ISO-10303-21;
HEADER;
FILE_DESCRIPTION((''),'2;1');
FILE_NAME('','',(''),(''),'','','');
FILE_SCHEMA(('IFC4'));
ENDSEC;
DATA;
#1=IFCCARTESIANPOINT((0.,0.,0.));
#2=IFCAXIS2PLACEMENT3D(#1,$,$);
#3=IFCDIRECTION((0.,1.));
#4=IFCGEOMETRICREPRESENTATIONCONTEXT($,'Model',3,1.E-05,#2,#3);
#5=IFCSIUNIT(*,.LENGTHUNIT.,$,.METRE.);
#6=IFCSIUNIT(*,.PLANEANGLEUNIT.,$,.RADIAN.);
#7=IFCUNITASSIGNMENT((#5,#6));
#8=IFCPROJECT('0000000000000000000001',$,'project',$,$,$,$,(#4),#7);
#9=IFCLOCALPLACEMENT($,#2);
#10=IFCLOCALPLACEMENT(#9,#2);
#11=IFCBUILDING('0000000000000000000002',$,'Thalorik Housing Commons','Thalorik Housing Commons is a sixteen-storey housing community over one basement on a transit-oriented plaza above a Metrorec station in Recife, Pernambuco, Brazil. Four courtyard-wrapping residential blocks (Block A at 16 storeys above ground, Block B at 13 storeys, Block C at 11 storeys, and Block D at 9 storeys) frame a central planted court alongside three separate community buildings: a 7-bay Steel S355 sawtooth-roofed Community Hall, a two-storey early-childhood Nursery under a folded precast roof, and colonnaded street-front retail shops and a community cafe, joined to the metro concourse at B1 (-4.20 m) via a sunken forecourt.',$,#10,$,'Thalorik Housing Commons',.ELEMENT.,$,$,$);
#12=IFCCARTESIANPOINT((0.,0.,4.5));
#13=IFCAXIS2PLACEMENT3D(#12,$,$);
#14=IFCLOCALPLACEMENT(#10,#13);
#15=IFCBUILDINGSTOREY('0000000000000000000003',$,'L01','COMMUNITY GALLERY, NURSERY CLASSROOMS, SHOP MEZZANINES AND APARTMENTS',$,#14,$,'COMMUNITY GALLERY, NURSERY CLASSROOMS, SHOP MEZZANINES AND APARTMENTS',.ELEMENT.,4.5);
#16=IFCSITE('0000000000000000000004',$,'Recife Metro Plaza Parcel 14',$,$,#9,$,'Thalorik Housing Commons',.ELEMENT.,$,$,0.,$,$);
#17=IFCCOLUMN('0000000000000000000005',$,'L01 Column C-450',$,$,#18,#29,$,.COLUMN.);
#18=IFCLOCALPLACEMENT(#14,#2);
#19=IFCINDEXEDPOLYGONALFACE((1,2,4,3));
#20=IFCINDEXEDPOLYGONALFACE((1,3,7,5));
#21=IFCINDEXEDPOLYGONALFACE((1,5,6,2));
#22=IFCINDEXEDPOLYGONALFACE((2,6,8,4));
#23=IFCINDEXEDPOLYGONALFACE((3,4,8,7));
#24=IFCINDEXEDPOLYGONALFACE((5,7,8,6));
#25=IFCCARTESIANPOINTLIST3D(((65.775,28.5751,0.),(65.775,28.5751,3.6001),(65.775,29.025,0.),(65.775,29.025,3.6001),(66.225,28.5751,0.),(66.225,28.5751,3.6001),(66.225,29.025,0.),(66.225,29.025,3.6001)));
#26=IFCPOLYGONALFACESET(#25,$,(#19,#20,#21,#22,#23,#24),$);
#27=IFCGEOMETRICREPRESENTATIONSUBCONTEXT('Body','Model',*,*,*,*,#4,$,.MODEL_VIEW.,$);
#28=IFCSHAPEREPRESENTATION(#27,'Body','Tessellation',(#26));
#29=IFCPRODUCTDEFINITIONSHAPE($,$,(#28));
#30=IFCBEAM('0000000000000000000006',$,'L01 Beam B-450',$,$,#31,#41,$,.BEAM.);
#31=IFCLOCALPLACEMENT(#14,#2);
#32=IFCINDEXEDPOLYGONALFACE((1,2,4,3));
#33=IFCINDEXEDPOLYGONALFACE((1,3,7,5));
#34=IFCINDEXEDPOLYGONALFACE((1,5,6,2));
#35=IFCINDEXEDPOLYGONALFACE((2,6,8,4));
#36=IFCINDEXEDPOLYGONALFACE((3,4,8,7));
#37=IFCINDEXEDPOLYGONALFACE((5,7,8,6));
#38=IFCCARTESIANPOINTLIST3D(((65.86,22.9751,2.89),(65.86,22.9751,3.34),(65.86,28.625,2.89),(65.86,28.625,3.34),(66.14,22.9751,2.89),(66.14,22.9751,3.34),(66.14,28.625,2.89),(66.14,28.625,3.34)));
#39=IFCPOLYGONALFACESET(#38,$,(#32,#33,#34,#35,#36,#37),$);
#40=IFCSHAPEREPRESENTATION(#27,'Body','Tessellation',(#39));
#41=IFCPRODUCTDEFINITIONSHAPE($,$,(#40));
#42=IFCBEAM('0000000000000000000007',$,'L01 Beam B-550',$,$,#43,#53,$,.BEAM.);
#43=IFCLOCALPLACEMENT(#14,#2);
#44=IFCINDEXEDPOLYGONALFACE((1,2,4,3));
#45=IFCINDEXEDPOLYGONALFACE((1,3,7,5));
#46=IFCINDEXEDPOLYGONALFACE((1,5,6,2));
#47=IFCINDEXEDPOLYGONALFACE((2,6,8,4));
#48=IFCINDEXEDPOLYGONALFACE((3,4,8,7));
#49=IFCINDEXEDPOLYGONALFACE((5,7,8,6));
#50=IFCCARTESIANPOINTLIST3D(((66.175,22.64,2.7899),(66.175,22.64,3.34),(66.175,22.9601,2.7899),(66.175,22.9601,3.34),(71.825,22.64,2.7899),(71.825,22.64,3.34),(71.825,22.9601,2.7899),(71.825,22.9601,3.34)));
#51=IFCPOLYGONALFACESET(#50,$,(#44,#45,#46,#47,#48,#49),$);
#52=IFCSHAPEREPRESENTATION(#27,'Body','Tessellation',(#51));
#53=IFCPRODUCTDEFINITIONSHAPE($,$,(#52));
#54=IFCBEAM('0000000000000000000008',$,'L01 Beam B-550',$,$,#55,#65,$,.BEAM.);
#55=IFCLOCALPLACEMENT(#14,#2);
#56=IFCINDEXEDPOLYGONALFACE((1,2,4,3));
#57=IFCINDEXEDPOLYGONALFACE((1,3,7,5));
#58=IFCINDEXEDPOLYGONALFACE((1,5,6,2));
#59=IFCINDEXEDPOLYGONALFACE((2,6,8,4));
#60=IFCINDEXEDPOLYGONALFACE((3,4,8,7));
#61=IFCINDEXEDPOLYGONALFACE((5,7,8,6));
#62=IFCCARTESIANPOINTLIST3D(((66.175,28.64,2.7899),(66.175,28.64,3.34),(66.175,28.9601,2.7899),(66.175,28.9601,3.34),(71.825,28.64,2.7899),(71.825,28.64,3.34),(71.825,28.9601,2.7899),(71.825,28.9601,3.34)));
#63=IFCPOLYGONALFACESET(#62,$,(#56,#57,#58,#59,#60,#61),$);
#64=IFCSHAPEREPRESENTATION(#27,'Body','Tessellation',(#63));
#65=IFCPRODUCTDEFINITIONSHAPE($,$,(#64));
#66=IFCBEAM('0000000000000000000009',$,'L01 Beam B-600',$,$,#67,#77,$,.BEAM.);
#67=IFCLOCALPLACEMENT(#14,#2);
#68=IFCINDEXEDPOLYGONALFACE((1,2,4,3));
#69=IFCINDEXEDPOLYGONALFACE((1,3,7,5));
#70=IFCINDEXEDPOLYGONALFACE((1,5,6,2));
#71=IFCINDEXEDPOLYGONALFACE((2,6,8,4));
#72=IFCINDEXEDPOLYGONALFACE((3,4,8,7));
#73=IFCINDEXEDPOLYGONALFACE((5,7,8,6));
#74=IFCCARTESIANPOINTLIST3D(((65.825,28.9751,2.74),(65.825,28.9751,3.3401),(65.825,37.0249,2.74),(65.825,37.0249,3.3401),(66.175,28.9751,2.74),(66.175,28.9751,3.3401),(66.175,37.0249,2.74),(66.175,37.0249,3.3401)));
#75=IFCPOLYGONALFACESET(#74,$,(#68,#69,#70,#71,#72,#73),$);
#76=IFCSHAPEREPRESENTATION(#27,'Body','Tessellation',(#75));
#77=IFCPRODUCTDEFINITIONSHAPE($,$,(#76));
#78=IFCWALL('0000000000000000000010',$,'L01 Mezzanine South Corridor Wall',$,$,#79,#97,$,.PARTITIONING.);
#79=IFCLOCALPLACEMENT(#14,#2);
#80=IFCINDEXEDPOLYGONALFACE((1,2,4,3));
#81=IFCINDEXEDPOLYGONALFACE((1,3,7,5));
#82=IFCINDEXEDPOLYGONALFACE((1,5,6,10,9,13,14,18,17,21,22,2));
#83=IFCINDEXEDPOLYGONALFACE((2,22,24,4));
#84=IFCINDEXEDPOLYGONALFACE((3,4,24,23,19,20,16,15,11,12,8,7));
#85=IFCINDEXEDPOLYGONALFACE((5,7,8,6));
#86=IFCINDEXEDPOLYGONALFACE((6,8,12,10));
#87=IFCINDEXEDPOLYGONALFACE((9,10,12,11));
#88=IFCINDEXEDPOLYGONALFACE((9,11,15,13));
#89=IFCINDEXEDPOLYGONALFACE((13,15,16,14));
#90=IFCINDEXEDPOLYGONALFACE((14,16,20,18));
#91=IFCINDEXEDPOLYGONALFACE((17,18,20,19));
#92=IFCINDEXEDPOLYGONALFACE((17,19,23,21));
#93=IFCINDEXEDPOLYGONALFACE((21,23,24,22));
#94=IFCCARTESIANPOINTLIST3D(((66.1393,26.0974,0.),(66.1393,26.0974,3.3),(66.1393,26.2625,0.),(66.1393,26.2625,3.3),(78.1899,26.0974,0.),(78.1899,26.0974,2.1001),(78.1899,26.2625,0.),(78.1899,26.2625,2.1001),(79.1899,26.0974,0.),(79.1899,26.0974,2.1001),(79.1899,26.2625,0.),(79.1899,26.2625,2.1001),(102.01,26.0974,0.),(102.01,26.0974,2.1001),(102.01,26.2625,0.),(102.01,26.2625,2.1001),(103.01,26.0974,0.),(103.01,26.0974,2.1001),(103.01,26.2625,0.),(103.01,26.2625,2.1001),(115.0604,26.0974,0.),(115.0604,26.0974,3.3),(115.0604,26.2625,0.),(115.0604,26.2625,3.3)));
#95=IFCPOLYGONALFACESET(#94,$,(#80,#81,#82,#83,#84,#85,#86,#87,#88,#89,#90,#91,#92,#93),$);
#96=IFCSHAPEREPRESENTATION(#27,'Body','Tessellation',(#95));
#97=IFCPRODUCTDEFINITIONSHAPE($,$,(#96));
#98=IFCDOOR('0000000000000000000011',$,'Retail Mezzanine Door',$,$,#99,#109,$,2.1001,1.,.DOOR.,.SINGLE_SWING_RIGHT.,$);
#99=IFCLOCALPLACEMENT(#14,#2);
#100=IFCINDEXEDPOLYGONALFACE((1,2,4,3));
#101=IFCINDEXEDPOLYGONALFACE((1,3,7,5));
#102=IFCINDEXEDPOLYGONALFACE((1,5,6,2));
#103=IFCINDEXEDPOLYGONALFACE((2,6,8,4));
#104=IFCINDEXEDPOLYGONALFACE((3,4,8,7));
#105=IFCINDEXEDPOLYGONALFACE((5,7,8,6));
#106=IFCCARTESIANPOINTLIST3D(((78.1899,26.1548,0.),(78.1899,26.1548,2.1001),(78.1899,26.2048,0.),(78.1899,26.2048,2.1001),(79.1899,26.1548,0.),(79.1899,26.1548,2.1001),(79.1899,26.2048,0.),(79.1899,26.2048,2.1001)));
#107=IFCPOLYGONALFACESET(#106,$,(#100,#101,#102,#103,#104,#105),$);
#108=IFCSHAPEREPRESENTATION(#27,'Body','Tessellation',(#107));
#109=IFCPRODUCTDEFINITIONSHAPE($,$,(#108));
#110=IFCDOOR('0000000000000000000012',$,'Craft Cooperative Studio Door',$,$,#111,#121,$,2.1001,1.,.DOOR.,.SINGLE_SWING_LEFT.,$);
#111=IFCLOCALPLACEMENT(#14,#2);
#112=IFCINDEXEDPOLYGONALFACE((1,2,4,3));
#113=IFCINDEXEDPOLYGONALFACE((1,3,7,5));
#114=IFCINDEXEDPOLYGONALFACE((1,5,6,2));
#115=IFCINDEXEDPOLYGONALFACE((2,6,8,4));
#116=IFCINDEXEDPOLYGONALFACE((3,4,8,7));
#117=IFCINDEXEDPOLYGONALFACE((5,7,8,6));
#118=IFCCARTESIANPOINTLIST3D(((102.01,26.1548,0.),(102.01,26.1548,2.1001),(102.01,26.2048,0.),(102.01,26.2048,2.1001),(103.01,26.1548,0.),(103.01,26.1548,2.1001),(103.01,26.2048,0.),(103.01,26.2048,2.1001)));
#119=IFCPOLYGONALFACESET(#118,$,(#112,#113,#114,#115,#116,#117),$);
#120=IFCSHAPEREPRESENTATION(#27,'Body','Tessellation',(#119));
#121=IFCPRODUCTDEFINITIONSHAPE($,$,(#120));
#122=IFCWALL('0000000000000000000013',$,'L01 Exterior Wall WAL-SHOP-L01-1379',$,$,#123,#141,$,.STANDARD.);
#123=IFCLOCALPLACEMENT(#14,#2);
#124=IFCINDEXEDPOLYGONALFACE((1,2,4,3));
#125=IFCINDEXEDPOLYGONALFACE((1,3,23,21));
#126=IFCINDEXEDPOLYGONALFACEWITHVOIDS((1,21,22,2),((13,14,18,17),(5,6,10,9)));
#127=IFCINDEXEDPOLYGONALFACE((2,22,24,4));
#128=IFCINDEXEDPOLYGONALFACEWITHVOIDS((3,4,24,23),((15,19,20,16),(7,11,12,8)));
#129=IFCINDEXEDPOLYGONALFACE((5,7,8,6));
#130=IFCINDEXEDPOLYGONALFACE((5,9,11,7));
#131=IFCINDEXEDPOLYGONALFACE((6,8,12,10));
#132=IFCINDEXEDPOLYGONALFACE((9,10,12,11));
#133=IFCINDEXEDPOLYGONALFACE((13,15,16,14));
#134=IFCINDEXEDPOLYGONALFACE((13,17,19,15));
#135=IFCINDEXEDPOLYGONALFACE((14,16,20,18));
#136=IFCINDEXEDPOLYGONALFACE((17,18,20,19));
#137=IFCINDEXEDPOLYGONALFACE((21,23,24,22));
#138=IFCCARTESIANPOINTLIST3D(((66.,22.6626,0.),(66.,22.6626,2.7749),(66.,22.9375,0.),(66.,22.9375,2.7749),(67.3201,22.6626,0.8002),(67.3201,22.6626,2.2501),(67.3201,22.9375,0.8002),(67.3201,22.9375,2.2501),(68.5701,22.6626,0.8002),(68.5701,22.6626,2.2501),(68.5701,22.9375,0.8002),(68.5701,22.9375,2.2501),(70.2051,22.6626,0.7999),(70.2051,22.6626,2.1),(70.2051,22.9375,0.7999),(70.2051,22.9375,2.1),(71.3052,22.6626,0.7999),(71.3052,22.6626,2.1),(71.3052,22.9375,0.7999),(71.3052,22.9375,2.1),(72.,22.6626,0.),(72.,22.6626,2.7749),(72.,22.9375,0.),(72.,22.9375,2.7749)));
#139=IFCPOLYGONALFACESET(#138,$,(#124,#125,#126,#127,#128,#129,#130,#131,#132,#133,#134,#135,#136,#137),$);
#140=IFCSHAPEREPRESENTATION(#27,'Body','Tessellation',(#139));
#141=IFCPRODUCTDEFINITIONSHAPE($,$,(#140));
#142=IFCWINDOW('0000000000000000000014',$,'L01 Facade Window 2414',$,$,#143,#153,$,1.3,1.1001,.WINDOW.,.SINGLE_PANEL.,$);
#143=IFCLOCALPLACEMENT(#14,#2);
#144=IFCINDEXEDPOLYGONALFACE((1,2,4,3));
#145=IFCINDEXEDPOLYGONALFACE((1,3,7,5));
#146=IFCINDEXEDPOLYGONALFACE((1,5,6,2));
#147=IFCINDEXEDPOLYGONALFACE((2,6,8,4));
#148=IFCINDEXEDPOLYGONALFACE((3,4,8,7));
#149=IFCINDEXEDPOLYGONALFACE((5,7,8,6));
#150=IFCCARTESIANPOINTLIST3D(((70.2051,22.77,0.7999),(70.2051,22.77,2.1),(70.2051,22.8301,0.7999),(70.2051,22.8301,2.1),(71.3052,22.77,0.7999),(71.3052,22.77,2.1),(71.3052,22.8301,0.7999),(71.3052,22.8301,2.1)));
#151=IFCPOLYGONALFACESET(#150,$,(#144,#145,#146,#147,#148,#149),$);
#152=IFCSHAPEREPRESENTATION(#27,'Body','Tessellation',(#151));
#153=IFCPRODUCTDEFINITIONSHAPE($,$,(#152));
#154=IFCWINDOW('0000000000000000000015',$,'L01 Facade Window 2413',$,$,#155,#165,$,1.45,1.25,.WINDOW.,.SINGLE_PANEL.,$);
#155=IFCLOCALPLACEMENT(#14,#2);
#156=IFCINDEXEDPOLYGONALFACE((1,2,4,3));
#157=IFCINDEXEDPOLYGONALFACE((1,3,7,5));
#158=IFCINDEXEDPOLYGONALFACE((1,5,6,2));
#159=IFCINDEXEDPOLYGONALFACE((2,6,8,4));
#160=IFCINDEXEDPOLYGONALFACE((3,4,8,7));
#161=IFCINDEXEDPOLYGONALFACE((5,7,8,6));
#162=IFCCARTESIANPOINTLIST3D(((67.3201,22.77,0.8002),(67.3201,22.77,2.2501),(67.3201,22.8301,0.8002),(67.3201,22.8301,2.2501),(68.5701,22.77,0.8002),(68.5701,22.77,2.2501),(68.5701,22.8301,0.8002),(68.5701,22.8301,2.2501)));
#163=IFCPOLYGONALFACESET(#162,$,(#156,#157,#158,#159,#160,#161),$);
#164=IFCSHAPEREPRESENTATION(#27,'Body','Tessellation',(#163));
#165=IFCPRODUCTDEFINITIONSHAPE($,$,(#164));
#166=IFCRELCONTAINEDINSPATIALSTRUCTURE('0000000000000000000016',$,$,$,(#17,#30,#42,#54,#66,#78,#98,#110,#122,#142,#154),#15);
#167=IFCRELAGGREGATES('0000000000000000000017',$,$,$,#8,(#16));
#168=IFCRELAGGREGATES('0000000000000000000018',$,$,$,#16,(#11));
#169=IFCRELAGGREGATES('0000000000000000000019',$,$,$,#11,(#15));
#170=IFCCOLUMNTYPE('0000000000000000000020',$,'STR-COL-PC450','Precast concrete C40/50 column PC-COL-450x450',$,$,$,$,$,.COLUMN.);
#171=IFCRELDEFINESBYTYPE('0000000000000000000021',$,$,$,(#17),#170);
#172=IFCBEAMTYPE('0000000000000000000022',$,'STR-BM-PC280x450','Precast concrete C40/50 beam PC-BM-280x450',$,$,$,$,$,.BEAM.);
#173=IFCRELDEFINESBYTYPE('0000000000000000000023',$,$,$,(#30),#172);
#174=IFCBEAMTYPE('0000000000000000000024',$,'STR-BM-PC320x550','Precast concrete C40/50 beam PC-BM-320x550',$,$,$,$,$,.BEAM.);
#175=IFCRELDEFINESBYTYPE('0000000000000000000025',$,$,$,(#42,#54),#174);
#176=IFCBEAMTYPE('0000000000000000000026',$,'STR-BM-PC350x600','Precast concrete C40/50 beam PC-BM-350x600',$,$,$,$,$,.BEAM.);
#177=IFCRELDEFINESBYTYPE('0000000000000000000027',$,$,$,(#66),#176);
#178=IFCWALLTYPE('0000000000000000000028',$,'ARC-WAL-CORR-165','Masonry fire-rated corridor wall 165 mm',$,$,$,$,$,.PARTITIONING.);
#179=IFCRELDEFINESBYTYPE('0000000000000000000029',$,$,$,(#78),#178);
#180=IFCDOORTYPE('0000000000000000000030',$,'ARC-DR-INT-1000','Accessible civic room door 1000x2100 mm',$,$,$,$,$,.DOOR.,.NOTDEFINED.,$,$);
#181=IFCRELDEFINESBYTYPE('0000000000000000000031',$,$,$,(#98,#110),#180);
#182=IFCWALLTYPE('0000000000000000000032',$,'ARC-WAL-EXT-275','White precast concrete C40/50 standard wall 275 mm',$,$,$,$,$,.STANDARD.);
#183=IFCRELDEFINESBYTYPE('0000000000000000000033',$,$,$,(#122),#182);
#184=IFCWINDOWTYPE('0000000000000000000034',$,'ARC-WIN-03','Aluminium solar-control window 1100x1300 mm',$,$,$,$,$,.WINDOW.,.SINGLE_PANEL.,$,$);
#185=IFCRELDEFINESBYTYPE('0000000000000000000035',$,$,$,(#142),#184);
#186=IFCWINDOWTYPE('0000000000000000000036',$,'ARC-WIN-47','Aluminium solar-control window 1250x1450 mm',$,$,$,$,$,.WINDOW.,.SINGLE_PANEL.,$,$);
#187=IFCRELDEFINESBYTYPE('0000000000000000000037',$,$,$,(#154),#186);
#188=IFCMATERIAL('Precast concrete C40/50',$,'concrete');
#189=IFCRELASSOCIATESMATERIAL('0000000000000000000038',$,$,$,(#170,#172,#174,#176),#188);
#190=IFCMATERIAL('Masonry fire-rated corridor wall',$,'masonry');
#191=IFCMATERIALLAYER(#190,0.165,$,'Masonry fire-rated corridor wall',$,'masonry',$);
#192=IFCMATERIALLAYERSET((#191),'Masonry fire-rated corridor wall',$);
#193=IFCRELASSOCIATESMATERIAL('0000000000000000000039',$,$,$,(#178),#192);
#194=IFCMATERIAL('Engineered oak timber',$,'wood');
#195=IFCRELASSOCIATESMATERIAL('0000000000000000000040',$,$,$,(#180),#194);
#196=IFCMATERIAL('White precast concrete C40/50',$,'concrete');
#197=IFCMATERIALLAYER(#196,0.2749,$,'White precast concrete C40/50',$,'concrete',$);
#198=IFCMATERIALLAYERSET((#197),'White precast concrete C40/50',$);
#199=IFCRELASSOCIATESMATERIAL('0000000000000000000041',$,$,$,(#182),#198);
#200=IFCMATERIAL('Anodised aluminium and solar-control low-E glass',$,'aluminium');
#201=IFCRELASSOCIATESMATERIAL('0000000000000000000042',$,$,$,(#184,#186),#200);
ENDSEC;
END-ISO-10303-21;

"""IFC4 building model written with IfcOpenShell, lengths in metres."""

from ifc_helpers import new_model, si_unit, direction, frame, frame_2d, origin, origin_2d, place, context, subcontext, project, spatial, rectangle, extrude, material, layer, layer_set, material_profile, profile_set, type_object, element, fill, save


model = new_model("IFC4")

# Units and contexts
model_context = context("Model", 3, precision=1e-05, world=origin(), true_north=direction((0.0, 1.0)))
body_context = subcontext(model_context, "Body", "Model", "MODEL_VIEW")
ifc_project = project(units=[si_unit("LENGTHUNIT", "METRE"), si_unit("PLANEANGLEUNIT", "RADIAN")], contexts=[model_context])

# Site, building, storey
site_placement = place(None, origin())
site = spatial("IfcSite", under=ifc_project, at=site_placement, Name="Recife Metro Plaza Parcel 14", LongName="Thalorik Housing Commons", CompositionType="ELEMENT", RefElevation=0.0)
building_placement = place(site_placement, origin())
building = spatial("IfcBuilding", under=site, at=building_placement, Name="Thalorik Housing Commons", Description="Thalorik Housing Commons is a sixteen-storey housing community over one basement on a transit-oriented plaza above a Metrorec station in Recife, Pernambuco, Brazil. Four courtyard-wrapping residential blocks (Block A at 16 storeys above ground, Block B at 13 storeys, Block C at 11 storeys, and Block D at 9 storeys) frame a central planted court alongside three separate community buildings: a 7-bay Steel S355 sawtooth-roofed Community Hall, a two-storey early-childhood Nursery under a folded precast roof, and colonnaded street-front retail shops and a community cafe, joined to the metro concourse at B1 (-4.20 m) via a sunken forecourt.", LongName="Thalorik Housing Commons", CompositionType="ELEMENT")
storey_placement = place(building_placement, frame((0.0, 0.0, 4.5)))
storey = spatial("IfcBuildingStorey", under=building, at=storey_placement, Name="L01", Description="COMMUNITY GALLERY, NURSERY CLASSROOMS, SHOP MEZZANINES AND APARTMENTS", LongName="COMMUNITY GALLERY, NURSERY CLASSROOMS, SHOP MEZZANINES AND APARTMENTS", CompositionType="ELEMENT", Elevation=4.5)

# Column
ifc_material_1 = material(Name="Precast concrete C40/50", Category="concrete")
ifc_material_profile_1 = material_profile(ifc_material_1, rectangle(XDim=0.45, YDim=0.45, at=origin_2d()), Name="PC 450x450", Category="concrete")
ifc_profile_set_1 = profile_set([ifc_material_profile_1], Name="Precast concrete C40/50")
column_type = type_object("IfcColumnType", Name="STR-COL-PC450", Description="Precast concrete C40/50 column PC-COL-450x450", PredefinedType="COLUMN", material=ifc_profile_set_1)
column_placement = place(storey_placement, frame((66.0, 28.8, 0.0), z_axis=(0.0, 0.0, 1.0), x_axis=(1.0, 0.0, 0.0)))
element("IfcColumn", 1, at=column_placement, inside=storey, type_object=column_type, Name="L01 Column C-450", PredefinedType="COLUMN", context=body_context, shape_type="SweptSolid", body=[
    extrude(rectangle(XDim=0.45, YDim=0.45, at=origin_2d()), origin(), (0.0, 0.0, 1.0), 3.6001),
])

# Beams
ifc_material_profile_2 = material_profile(ifc_material_1, rectangle(XDim=0.28, YDim=0.45, at=origin_2d()), Name="PC 280x450", Category="concrete")
ifc_profile_set_2 = profile_set([ifc_material_profile_2], Name="Precast concrete C40/50")
beam_type_1 = type_object("IfcBeamType", Name="STR-BM-PC280x450", Description="Precast concrete C40/50 beam PC-BM-280x450", PredefinedType="BEAM", material=ifc_profile_set_2)
beam_1_placement = place(storey_placement, frame((66.0, 22.9751, 3.115), z_axis=(0.0, 1.0, 0.0), x_axis=(-1.0, 0.0, 0.0)))
element("IfcBeam", 2, at=beam_1_placement, inside=storey, type_object=beam_type_1, Name="L01 Beam B-450", PredefinedType="BEAM", context=body_context, shape_type="SweptSolid", body=[
    extrude(rectangle(XDim=0.28, YDim=0.45, at=origin_2d()), origin(), (0.0, 0.0, 1.0), 5.6499),
])
ifc_material_profile_3 = material_profile(ifc_material_1, rectangle(XDim=0.3201, YDim=0.55, at=origin_2d()), Name="PC 320x550", Category="concrete")
ifc_profile_set_3 = profile_set([ifc_material_profile_3], Name="Precast concrete C40/50")
beam_type_2 = type_object("IfcBeamType", Name="STR-BM-PC320x550", Description="Precast concrete C40/50 beam PC-BM-320x550", PredefinedType="BEAM", material=ifc_profile_set_3)
for number, where, z_axis, x_axis, name in (
    (3, (66.175, 22.8, 3.0649), (1.0, 0.0, 0.0), (0.0, 1.0, 0.0), "L01 Beam B-550"),
    (4, (66.175, 28.8, 3.0649), (1.0, 0.0, 0.0), (0.0, 1.0, 0.0), "L01 Beam B-550"),
):
    element("IfcBeam", number, at=place(storey_placement, frame(where, z_axis=z_axis, x_axis=x_axis)), inside=storey, type_object=beam_type_2, Name=name, PredefinedType="BEAM", context=body_context, shape_type="SweptSolid", body=[
        extrude(rectangle(XDim=0.3201, YDim=0.55, at=origin_2d()), origin(), (0.0, 0.0, 1.0), 5.6499),
    ])
ifc_material_profile_4 = material_profile(ifc_material_1, rectangle(XDim=0.3501, YDim=0.6001, at=origin_2d()), Name="PC 350x600", Category="concrete")
ifc_profile_set_4 = profile_set([ifc_material_profile_4], Name="Precast concrete C40/50")
beam_type_3 = type_object("IfcBeamType", Name="STR-BM-PC350x600", Description="Precast concrete C40/50 beam PC-BM-350x600", PredefinedType="BEAM", material=ifc_profile_set_4)
beam_2_placement = place(storey_placement, frame((66.0, 28.9751, 3.04), z_axis=(0.0, 1.0, 0.0), x_axis=(-1.0, 0.0, 0.0)))
element("IfcBeam", 5, at=beam_2_placement, inside=storey, type_object=beam_type_3, Name="L01 Beam B-600", PredefinedType="BEAM", context=body_context, shape_type="SweptSolid", body=[
    extrude(rectangle(XDim=0.3501, YDim=0.6001, at=origin_2d()), origin(), (0.0, 0.0, 1.0), 8.0498),
])

# Wall, openings, doors
ifc_material_2 = material(Name="Masonry fire-rated corridor wall", Category="masonry")
ifc_layer_1 = layer(ifc_material_2, 0.165, Name="Masonry fire-rated corridor wall", Category="masonry")
ifc_layer_set_1 = layer_set([ifc_layer_1], Name="Masonry fire-rated corridor wall")
wall_type_1 = type_object("IfcWallType", Name="ARC-WAL-CORR-165", Description="Masonry fire-rated corridor wall 165 mm", PredefinedType="PARTITIONING", material=ifc_layer_set_1)
wall_1_placement = place(storey_placement, frame((66.1394, 26.1799, 0.0), z_axis=(0.0, 0.0, 1.0), x_axis=(1.0, 0.0, 0.0)))
wall_1 = element("IfcWall", 6, at=wall_1_placement, inside=storey, type_object=wall_type_1, Name="L01 Mezzanine South Corridor Wall", PredefinedType="PARTITIONING", context=body_context, shape_type="SweptSolid", body=[
    extrude(rectangle(XDim=48.9211, YDim=0.165, at=frame_2d((24.4604, 0.0))), origin(), (0.0, 0.0, 1.0), 3.3),
])
opening_1_placement = place(wall_1_placement, frame((12.0505, 0.0, 0.0)))
opening_1 = element("IfcOpeningElement", 7, at=opening_1_placement, cuts=wall_1, PredefinedType="OPENING", context=body_context, shape_type="SweptSolid", body=[
    extrude(rectangle(XDim=1.0, YDim=2.1001, at=frame_2d((0.5, 1.05))), frame((0.0, 0.0925, 0.0), z_axis=(0.0, -1.0, 0.0), x_axis=(1.0, 0.0, 0.0)), (0.0, 0.0, 1.0), 0.1851),
])
opening_2_placement = place(wall_1_placement, frame((35.8706, 0.0, 0.0)))
opening_2 = element("IfcOpeningElement", 8, at=opening_2_placement, cuts=wall_1, PredefinedType="OPENING", context=body_context, shape_type="SweptSolid", body=[
    extrude(rectangle(XDim=1.0, YDim=2.1001, at=frame_2d((0.5, 1.05))), frame((0.0, 0.0925, 0.0), z_axis=(0.0, -1.0, 0.0), x_axis=(1.0, 0.0, 0.0)), (0.0, 0.0, 1.0), 0.1851),
])
ifc_material_3 = material(Name="Engineered oak timber", Category="wood")
door_type = type_object("IfcDoorType", Name="ARC-DR-INT-1000", Description="Accessible civic room door 1000x2100 mm", OperationType="NOTDEFINED", PredefinedType="DOOR", material=ifc_material_3)
door_1_placement = place(opening_1_placement, origin())
door_1 = element("IfcDoor", 9, at=door_1_placement, inside=storey, type_object=door_type, Name="Retail Mezzanine Door", OperationType="SINGLE_SWING_RIGHT", OverallHeight=2.1001, OverallWidth=1.0, PredefinedType="DOOR", context=body_context, shape_type="SweptSolid", body=[
    extrude(rectangle(XDim=1.0, YDim=2.1001, at=frame_2d((0.5, 1.05))), frame((0.0, 0.0249, 0.0), z_axis=(0.0, -1.0, 0.0), x_axis=(1.0, 0.0, 0.0)), (0.0, 0.0, 1.0), 0.05),
])
fill(opening_1, door_1)
door_2_placement = place(opening_2_placement, origin())
door_2 = element("IfcDoor", 10, at=door_2_placement, inside=storey, type_object=door_type, Name="Craft Cooperative Studio Door", OperationType="SINGLE_SWING_LEFT", OverallHeight=2.1001, OverallWidth=1.0, PredefinedType="DOOR", context=body_context, shape_type="SweptSolid", body=[
    extrude(rectangle(XDim=1.0, YDim=2.1001, at=frame_2d((0.5, 1.05))), frame((0.0, 0.0249, 0.0), z_axis=(0.0, -1.0, 0.0), x_axis=(1.0, 0.0, 0.0)), (0.0, 0.0, 1.0), 0.05),
])
fill(opening_2, door_2)

# Wall, openings, windows
ifc_material_4 = material(Name="White precast concrete C40/50", Category="concrete")
ifc_layer_2 = layer(ifc_material_4, 0.2749, Name="White precast concrete C40/50", Category="concrete")
ifc_layer_set_2 = layer_set([ifc_layer_2], Name="White precast concrete C40/50")
wall_type_2 = type_object("IfcWallType", Name="ARC-WAL-EXT-275", Description="White precast concrete C40/50 standard wall 275 mm", PredefinedType="STANDARD", material=ifc_layer_set_2)
wall_2_placement = place(storey_placement, frame((66.0, 22.8, 0.0), z_axis=(0.0, 0.0, 1.0), x_axis=(1.0, 0.0, 0.0)))
wall_2 = element("IfcWall", 11, at=wall_2_placement, inside=storey, type_object=wall_type_2, Name="L01 Exterior Wall WAL-SHOP-L01-1379", PredefinedType="STANDARD", context=body_context, shape_type="SweptSolid", body=[
    extrude(rectangle(XDim=6.0, YDim=0.2749, at=frame_2d((3.0, 0.0))), origin(), (0.0, 0.0, 1.0), 2.7749),
])
opening_3_placement = place(wall_2_placement, frame((1.3201, 0.0, 0.8)))
opening_3 = element("IfcOpeningElement", 12, at=opening_3_placement, cuts=wall_2, PredefinedType="OPENING", context=body_context, shape_type="SweptSolid", body=[
    extrude(rectangle(XDim=1.25, YDim=1.45, at=frame_2d((0.625, 0.7251))), frame((0.0, 0.1475, 0.0), z_axis=(0.0, -1.0, 0.0), x_axis=(1.0, 0.0, 0.0)), (0.0, 0.0, 1.0), 0.2949),
])
opening_4_placement = place(wall_2_placement, frame((4.2051, 0.0, 0.8)))
opening_4 = element("IfcOpeningElement", 13, at=opening_4_placement, cuts=wall_2, PredefinedType="OPENING", context=body_context, shape_type="SweptSolid", body=[
    extrude(rectangle(XDim=1.1001, YDim=1.3, at=frame_2d((0.55, 0.6499))), frame((0.0, 0.1475, 0.0), z_axis=(0.0, -1.0, 0.0), x_axis=(1.0, 0.0, 0.0)), (0.0, 0.0, 1.0), 0.2949),
])
ifc_material_5 = material(Name="Anodised aluminium and solar-control low-E glass", Category="aluminium")
window_type_1 = type_object("IfcWindowType", Name="ARC-WIN-03", Description="Aluminium solar-control window 1100x1300 mm", PartitioningType="SINGLE_PANEL", PredefinedType="WINDOW", material=ifc_material_5)
window_1_placement = place(opening_4_placement, origin())
window_1 = element("IfcWindow", 14, at=window_1_placement, inside=storey, type_object=window_type_1, Name="L01 Facade Window 2414", OverallHeight=1.3, OverallWidth=1.1001, PartitioningType="SINGLE_PANEL", PredefinedType="WINDOW", context=body_context, shape_type="SweptSolid", body=[
    extrude(rectangle(XDim=1.1001, YDim=1.3, at=frame_2d((0.55, 0.6499))), frame((0.0, 0.03, 0.0), z_axis=(0.0, -1.0, 0.0), x_axis=(1.0, 0.0, 0.0)), (0.0, 0.0, 1.0), 0.0601),
])
fill(opening_4, window_1)
window_type_2 = type_object("IfcWindowType", Name="ARC-WIN-47", Description="Aluminium solar-control window 1250x1450 mm", PartitioningType="SINGLE_PANEL", PredefinedType="WINDOW", material=ifc_material_5)
window_2_placement = place(opening_3_placement, origin())
window_2 = element("IfcWindow", 15, at=window_2_placement, inside=storey, type_object=window_type_2, Name="L01 Facade Window 2413", OverallHeight=1.45, OverallWidth=1.25, PartitioningType="SINGLE_PANEL", PredefinedType="WINDOW", context=body_context, shape_type="SweptSolid", body=[
    extrude(rectangle(XDim=1.25, YDim=1.45, at=frame_2d((0.625, 0.7251))), frame((0.0, 0.03, 0.0), z_axis=(0.0, -1.0, 0.0), x_axis=(1.0, 0.0, 0.0)), (0.0, 0.0, 1.0), 0.0601),
])
fill(opening_3, window_2)

save(model, "model.ifc")
